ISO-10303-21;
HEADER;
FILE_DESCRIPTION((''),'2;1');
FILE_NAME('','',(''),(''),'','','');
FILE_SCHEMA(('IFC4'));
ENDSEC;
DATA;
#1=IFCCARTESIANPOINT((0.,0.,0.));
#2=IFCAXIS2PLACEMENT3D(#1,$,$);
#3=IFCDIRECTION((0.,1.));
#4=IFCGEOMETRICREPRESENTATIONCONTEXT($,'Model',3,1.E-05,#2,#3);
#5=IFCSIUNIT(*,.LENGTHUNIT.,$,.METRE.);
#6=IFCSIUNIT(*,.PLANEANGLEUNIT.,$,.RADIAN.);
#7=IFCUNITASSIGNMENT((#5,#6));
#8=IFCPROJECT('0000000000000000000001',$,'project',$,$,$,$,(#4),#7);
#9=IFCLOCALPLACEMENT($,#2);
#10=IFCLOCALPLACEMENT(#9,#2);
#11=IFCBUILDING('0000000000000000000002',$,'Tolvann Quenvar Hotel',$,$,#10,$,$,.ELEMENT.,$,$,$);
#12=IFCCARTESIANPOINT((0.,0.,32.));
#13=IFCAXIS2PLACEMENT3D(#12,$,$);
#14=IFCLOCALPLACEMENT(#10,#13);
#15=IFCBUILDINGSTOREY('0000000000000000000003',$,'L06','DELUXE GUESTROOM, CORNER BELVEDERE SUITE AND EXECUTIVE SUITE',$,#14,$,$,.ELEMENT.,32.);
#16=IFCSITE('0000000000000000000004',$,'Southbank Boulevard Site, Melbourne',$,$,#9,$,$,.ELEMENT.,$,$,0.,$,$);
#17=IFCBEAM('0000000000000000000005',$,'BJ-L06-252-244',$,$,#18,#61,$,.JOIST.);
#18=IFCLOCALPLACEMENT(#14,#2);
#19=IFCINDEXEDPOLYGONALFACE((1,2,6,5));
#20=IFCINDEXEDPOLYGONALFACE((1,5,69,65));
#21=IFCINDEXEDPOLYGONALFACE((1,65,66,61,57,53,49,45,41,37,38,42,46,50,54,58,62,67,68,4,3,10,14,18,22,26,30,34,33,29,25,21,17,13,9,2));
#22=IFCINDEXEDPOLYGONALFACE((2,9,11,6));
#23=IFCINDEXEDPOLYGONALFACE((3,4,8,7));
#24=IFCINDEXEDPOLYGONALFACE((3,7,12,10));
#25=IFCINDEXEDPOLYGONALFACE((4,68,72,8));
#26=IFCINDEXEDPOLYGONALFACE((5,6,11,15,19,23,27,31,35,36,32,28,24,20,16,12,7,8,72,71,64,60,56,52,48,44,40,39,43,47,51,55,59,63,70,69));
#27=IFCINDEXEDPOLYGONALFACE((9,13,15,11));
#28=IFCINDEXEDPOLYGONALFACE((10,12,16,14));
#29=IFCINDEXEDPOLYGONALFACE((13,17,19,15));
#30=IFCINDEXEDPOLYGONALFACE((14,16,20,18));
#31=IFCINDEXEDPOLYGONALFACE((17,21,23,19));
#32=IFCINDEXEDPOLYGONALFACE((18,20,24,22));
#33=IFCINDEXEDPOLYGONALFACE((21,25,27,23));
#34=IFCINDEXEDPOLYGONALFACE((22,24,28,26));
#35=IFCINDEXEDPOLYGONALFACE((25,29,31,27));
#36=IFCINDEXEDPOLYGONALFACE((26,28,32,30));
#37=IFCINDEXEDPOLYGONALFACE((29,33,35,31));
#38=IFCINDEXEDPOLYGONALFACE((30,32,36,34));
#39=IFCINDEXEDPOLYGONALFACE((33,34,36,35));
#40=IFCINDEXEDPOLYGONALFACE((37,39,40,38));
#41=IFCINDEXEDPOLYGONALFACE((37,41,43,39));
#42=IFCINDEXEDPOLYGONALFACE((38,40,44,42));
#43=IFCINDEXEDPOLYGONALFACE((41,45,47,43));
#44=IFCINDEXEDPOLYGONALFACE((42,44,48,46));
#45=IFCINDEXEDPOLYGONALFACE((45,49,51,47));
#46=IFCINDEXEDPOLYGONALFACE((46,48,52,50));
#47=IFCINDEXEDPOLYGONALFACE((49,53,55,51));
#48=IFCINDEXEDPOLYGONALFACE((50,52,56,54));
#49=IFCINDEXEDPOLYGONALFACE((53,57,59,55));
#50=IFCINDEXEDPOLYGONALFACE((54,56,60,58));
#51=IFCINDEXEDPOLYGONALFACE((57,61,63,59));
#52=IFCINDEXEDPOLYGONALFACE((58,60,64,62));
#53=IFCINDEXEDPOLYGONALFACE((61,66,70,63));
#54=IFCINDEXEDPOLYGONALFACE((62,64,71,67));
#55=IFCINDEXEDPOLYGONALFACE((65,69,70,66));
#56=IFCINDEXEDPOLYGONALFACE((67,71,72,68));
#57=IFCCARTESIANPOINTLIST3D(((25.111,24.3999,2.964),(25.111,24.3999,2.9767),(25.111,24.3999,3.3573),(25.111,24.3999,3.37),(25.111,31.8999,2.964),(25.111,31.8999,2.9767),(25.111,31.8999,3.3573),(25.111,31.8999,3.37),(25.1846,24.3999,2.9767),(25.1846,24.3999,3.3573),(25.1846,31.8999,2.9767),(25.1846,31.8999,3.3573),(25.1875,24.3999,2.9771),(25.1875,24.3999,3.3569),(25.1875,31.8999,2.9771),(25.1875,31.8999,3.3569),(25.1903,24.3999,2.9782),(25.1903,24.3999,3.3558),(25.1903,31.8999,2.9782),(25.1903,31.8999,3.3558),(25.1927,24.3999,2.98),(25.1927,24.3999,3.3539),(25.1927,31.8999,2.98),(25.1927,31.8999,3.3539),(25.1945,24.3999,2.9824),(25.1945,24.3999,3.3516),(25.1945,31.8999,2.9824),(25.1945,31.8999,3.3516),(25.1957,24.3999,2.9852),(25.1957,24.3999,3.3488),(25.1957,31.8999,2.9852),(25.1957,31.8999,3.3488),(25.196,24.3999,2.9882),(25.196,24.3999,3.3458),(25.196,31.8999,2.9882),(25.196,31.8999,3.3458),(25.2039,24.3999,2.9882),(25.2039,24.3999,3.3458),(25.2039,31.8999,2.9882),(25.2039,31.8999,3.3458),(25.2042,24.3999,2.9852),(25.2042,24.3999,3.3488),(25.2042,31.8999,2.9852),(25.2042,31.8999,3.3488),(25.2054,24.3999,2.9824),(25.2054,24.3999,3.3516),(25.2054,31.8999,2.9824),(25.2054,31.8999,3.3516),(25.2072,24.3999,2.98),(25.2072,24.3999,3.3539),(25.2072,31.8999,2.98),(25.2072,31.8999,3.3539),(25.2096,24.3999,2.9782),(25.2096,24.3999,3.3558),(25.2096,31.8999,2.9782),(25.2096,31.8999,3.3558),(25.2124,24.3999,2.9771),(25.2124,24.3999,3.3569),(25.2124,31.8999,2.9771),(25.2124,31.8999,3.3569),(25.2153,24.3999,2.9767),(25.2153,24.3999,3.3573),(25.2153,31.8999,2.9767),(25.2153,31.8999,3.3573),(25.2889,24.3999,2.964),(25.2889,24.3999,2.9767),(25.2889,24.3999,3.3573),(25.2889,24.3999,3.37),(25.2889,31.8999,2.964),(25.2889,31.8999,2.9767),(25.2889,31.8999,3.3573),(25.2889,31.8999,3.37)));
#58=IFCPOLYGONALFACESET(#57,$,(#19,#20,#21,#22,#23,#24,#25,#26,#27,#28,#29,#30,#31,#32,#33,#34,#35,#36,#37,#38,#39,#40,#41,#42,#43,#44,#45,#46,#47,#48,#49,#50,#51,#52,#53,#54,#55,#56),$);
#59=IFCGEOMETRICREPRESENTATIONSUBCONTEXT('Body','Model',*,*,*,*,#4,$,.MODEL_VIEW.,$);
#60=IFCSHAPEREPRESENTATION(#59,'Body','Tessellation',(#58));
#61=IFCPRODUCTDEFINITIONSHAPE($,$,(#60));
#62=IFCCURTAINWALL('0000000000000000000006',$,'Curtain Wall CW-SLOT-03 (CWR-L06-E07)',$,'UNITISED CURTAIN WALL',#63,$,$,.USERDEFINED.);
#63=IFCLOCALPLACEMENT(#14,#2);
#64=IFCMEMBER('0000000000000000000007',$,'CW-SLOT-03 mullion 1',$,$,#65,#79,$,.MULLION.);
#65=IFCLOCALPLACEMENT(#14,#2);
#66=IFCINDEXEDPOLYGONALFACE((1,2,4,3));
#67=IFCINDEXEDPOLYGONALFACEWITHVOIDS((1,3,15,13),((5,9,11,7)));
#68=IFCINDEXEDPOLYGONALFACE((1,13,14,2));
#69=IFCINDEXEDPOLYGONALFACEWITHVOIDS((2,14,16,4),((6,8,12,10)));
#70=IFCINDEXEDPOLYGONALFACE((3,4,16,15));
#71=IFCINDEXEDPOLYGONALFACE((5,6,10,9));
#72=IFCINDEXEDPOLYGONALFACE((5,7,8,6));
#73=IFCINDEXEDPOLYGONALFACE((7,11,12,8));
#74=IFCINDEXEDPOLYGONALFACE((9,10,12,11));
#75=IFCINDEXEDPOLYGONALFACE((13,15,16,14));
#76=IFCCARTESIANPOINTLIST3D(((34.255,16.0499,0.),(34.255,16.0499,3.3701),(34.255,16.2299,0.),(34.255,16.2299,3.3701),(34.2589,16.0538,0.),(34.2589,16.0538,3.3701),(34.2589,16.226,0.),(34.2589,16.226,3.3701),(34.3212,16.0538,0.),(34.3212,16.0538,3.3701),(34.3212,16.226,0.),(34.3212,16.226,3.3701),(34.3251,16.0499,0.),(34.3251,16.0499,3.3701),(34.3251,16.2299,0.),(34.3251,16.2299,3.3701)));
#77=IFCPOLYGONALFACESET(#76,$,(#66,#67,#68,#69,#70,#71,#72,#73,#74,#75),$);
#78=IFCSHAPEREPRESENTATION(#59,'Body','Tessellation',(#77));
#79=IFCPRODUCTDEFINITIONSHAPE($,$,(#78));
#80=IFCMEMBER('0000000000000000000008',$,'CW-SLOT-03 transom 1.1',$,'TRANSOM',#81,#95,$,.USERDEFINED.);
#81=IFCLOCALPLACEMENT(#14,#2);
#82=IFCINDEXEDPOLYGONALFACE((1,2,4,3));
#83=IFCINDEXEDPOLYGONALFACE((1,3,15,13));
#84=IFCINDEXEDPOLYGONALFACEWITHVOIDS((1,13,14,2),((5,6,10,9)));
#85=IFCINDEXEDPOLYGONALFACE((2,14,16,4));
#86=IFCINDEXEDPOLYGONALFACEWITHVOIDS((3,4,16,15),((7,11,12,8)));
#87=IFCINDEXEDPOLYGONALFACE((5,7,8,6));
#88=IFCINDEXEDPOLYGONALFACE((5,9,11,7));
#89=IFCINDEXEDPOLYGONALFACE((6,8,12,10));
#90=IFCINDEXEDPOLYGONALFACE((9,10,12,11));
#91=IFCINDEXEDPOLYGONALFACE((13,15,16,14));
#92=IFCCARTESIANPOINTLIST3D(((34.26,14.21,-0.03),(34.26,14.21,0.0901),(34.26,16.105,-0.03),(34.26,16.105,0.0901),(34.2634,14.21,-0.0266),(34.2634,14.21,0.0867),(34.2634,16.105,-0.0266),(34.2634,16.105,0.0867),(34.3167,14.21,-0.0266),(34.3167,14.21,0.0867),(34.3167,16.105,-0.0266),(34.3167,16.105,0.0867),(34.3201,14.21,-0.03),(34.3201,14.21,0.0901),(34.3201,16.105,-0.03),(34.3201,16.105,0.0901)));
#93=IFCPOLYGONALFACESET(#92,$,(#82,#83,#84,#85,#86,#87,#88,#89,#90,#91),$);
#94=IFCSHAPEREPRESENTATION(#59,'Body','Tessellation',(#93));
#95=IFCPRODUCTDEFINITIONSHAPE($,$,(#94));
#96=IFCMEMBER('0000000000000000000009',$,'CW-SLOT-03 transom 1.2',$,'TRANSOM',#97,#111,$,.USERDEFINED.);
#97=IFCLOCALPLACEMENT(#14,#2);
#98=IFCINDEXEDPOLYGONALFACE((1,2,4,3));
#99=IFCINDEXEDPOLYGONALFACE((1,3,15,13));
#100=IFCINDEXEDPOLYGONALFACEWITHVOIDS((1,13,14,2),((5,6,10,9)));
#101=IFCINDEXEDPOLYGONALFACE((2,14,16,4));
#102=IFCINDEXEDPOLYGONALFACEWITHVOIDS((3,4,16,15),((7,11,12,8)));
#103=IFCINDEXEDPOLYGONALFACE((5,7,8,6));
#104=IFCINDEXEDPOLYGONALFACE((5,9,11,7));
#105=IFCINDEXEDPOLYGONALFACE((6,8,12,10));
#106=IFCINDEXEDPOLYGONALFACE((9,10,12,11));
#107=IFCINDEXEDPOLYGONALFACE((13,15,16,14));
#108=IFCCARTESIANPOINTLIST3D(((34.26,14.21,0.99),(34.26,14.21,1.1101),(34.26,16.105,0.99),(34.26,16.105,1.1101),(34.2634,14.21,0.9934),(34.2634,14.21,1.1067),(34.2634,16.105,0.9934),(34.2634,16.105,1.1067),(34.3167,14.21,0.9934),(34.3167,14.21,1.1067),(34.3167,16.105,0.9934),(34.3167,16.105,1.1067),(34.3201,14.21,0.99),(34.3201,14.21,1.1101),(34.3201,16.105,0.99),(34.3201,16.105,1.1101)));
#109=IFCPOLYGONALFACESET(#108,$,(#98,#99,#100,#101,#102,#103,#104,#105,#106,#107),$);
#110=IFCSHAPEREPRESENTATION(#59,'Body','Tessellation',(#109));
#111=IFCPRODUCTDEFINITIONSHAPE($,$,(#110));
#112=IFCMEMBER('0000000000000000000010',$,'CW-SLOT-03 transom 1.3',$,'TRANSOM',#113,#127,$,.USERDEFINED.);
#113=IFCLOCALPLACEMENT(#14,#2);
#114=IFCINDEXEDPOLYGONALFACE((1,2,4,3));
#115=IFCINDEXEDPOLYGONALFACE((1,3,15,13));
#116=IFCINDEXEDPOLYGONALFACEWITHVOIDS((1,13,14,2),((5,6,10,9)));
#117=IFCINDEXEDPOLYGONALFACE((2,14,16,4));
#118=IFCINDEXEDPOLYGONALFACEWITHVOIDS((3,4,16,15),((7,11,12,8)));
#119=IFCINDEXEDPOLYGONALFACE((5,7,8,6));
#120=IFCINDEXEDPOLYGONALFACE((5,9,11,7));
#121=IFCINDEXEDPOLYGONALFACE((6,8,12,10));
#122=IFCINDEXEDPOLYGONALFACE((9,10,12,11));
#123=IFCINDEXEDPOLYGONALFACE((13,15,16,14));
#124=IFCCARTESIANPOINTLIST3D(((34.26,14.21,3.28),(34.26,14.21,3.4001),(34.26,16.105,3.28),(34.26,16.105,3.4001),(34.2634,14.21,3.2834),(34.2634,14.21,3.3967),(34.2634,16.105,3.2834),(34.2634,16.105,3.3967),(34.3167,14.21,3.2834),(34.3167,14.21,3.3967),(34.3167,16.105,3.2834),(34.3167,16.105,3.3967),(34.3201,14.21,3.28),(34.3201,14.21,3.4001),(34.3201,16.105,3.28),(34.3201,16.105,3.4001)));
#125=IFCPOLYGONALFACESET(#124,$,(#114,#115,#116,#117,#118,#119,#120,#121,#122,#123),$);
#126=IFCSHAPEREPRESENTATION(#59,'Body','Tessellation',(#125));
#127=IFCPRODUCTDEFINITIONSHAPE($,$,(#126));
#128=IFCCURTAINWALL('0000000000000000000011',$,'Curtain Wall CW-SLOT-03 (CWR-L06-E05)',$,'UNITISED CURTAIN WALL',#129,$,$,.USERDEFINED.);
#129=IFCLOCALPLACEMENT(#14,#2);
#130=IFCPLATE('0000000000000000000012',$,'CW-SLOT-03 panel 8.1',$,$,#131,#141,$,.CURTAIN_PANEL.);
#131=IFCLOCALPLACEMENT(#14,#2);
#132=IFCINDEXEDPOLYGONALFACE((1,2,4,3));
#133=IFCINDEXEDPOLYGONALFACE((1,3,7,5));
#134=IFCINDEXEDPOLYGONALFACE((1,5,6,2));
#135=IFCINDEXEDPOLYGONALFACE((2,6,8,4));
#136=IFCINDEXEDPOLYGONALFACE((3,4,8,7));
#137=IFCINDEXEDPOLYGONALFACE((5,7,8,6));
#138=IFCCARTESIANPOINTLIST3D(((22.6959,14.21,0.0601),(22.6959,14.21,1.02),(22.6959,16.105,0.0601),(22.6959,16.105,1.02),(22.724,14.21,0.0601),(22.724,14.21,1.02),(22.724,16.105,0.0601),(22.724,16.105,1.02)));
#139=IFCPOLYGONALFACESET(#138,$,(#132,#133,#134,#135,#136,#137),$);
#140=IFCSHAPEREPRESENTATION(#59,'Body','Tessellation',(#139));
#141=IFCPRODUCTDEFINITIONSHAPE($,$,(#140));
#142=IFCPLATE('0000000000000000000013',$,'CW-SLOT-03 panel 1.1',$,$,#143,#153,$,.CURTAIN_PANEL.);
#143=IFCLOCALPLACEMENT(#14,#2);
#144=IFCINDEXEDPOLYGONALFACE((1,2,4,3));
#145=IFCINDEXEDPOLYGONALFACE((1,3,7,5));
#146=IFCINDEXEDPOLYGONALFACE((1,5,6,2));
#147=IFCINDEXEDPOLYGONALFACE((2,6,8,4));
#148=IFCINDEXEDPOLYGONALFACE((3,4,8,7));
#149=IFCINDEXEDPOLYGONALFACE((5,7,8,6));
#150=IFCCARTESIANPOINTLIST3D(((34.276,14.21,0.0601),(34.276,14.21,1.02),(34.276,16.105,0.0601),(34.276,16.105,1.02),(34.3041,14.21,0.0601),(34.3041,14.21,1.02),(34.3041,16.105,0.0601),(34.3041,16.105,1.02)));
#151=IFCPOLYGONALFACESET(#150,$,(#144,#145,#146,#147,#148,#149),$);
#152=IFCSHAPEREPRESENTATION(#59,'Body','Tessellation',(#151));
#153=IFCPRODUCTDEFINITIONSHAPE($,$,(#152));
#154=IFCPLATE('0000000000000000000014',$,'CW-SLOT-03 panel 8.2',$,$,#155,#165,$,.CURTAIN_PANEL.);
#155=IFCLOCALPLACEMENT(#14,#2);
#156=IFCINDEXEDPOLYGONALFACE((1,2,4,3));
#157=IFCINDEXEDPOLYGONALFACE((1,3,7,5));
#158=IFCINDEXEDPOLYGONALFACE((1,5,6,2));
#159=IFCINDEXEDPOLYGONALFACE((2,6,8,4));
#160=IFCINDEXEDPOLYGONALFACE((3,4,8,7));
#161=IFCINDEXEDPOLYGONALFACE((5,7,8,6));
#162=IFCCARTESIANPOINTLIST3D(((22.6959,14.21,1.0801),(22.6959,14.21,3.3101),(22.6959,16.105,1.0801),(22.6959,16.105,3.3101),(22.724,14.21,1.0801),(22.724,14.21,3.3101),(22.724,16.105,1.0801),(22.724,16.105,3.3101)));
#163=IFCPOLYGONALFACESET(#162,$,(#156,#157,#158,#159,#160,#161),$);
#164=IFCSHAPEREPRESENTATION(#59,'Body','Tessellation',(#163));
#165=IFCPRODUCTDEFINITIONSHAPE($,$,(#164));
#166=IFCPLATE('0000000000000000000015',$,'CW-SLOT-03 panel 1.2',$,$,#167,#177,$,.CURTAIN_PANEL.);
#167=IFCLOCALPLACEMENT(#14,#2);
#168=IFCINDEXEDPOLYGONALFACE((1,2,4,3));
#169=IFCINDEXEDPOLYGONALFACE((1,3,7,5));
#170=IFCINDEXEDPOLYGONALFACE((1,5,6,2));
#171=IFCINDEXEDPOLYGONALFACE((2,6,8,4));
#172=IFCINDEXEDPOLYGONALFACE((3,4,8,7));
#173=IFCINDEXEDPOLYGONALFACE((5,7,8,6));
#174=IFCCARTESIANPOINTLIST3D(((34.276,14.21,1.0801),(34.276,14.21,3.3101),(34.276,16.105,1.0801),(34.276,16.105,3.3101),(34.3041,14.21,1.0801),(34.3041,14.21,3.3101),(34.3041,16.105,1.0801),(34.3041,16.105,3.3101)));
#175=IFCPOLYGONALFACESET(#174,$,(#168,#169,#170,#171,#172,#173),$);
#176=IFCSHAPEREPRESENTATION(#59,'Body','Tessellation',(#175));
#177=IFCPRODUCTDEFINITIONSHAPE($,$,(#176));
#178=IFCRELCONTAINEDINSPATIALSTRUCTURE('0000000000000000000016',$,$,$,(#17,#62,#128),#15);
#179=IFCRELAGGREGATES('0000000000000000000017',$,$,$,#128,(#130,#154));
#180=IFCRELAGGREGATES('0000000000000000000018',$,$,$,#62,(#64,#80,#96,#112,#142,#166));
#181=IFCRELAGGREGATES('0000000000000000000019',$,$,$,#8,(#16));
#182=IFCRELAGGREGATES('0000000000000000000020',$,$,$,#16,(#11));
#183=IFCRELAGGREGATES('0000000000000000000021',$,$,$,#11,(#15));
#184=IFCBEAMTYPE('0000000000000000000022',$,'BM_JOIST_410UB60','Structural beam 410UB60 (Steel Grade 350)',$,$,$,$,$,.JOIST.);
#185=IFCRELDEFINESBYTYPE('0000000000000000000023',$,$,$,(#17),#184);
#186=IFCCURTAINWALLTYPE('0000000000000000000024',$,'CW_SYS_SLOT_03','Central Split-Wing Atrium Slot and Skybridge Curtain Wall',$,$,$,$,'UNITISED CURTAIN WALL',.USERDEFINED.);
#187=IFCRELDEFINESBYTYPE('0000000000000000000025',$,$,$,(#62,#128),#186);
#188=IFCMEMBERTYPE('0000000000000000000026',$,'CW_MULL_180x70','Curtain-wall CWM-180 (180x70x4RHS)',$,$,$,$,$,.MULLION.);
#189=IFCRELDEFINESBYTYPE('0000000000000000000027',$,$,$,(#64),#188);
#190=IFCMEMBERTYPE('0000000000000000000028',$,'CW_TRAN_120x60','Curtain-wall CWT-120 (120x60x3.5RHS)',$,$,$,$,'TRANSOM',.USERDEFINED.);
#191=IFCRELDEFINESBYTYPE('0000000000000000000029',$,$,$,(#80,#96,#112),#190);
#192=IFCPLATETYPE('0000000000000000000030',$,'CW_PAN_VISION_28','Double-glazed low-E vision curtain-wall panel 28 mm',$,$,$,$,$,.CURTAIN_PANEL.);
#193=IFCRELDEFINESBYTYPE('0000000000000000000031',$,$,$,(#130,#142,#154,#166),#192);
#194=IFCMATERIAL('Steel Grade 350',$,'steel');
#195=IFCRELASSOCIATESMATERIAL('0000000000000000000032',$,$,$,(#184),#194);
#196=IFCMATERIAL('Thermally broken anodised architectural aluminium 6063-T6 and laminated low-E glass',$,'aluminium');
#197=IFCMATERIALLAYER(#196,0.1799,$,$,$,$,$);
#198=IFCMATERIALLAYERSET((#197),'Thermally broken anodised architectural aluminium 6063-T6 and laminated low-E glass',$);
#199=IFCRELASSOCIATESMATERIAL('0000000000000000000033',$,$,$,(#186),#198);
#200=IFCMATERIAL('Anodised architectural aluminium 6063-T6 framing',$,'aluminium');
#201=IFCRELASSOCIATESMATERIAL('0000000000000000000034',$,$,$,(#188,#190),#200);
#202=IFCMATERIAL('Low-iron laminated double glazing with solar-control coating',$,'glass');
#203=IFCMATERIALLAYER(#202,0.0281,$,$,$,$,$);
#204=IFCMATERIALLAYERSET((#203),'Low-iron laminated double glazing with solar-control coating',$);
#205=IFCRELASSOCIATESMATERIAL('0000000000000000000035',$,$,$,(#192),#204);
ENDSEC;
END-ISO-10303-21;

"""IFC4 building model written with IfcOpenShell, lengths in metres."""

from ifc_helpers import new_model, si_unit, direction, frame, origin, origin_2d, place, context, subcontext, project, spatial, rectangle, hollow_rectangle, i_section, extrude, source, transform, mapped, material, layer, layer_set, material_profile, profile_set, type_object, type_shapes, element, aggregate, save


model = new_model("IFC4")

# Units and contexts
model_context = context("Model", 3, precision=1e-05, world=origin(), true_north=direction((0.0, 1.0)))
body_context = subcontext(model_context, "Body", "Model", "MODEL_VIEW")
ifc_project = project(units=[si_unit("LENGTHUNIT", "METRE"), si_unit("PLANEANGLEUNIT", "RADIAN")], contexts=[model_context])

# Site, building, storey
site_placement = place(None, origin())
site = spatial("IfcSite", under=ifc_project, at=site_placement, Name="Southbank Boulevard Site, Melbourne", CompositionType="ELEMENT", RefElevation=0.0)
building_placement = place(site_placement, origin())
building = spatial("IfcBuilding", under=site, at=building_placement, Name="Tolvann Quenvar Hotel", CompositionType="ELEMENT")
storey_placement = place(building_placement, frame((0.0, 0.0, 32.0)))
storey = spatial("IfcBuildingStorey", under=building, at=storey_placement, Name="L06", Description="DELUXE GUESTROOM, CORNER BELVEDERE SUITE AND EXECUTIVE SUITE", CompositionType="ELEMENT", Elevation=32.0)

# Shared definitions
ifc_material_1 = material(Name="Steel Grade 350", Category="steel")

# Beam
ifc_material_profile_1 = material_profile(ifc_material_1, i_section(OverallWidth=0.178, OverallDepth=0.406, WebThickness=0.0078, FlangeThickness=0.0127, FilletRadius=0.0115, at=origin_2d()), Name="410UB60")
ifc_profile_set_1 = profile_set([ifc_material_profile_1], Name="Steel Grade 350")
beam_type_1 = type_object("IfcBeamType", Name="BM_JOIST_410UB60", Description="Structural beam 410UB60 (Steel Grade 350)", PredefinedType="JOIST", material=ifc_profile_set_1)
shared_shape_1 = source(origin(), body_context, "Body", "SweptSolid", [
    extrude(i_section(OverallWidth=0.178, OverallDepth=0.406, WebThickness=0.0078, FlangeThickness=0.0127, FilletRadius=0.0115, at=origin_2d()), origin(), (0.0, 0.0, 1.0), 7.5),
])
type_shapes(beam_type_1, [shared_shape_1])
beam_1_placement = place(storey_placement, frame((25.2, 24.3999, 3.167), z_axis=(0.0, 1.0, 0.0), x_axis=(-1.0, 0.0, 0.0)))
element("IfcBeam", 1, at=beam_1_placement, inside=storey, type_object=beam_type_1, Name="BJ-L06-252-244", PredefinedType="JOIST", context=body_context, shape_type="MappedRepresentation", body=[
    mapped(shared_shape_1, transform((0.0, 0.0, 0.0), x_axis=(1.0, 0.0, 0.0), y_axis=(0.0, 1.0, 0.0), z_axis=(0.0, 0.0, 1.0), scale=1.0)),
])

# Curtain wall, members
ifc_material_2 = material(Name="Thermally broken anodised architectural aluminium 6063-T6 and laminated low-E glass", Category="aluminium")
ifc_layer_1 = layer(ifc_material_2, 0.1799)
ifc_layer_set_1 = layer_set([ifc_layer_1], Name="Thermally broken anodised architectural aluminium 6063-T6 and laminated low-E glass")
curtain_wall_type = type_object("IfcCurtainWallType", Name="CW_SYS_SLOT_03", Description="Central Split-Wing Atrium Slot and Skybridge Curtain Wall", ElementType="UNITISED CURTAIN WALL", PredefinedType="USERDEFINED", material=ifc_layer_set_1)
curtain_wall_1_placement = place(storey_placement, origin())
curtain_wall_1 = element("IfcCurtainWall", 2, at=curtain_wall_1_placement, inside=storey, type_object=curtain_wall_type, Name="Curtain Wall CW-SLOT-03 (CWR-L06-E07)", ObjectType="UNITISED CURTAIN WALL", PredefinedType="USERDEFINED")
ifc_material_3 = material(Name="Anodised architectural aluminium 6063-T6 framing", Category="aluminium")
ifc_material_profile_2 = material_profile(ifc_material_3, hollow_rectangle(XDim=0.0701, YDim=0.1799, WallThickness=0.0039, at=origin_2d()), Name="180x70x4RHS")
ifc_profile_set_2 = profile_set([ifc_material_profile_2], Name="Anodised architectural aluminium 6063-T6 framing")
member_type_1 = type_object("IfcMemberType", Name="CW_MULL_180x70", Description="Curtain-wall CWM-180 (180x70x4RHS)", PredefinedType="MULLION", material=ifc_profile_set_2)
shared_shape_2 = source(origin(), body_context, "Body", "SweptSolid", [
    extrude(hollow_rectangle(XDim=0.0701, YDim=0.1799, WallThickness=0.0039, at=origin_2d()), origin(), (0.0, 0.0, 1.0), 3.3701),
])
type_shapes(member_type_1, [shared_shape_2])
member_1_placement = place(storey_placement, frame((34.29, 16.1399, 0.0), z_axis=(0.0, 0.0, 1.0), x_axis=(1.0, 0.0, 0.0)))
member_1 = element("IfcMember", 3, at=member_1_placement, type_object=member_type_1, Name="CW-SLOT-03 mullion 1", PredefinedType="MULLION", context=body_context, shape_type="MappedRepresentation", body=[
    mapped(shared_shape_2, transform((0.0, 0.0, 0.0), x_axis=(1.0, 0.0, 0.0), y_axis=(0.0, 1.0, 0.0), z_axis=(0.0, 0.0, 1.0), scale=1.0)),
])
ifc_material_profile_3 = material_profile(ifc_material_3, hollow_rectangle(XDim=0.0601, YDim=0.1201, WallThickness=0.0034, at=origin_2d()), Name="120x60x3.5RHS")
ifc_profile_set_3 = profile_set([ifc_material_profile_3], Name="Anodised architectural aluminium 6063-T6 framing")
member_type_2 = type_object("IfcMemberType", Name="CW_TRAN_120x60", Description="Curtain-wall CWT-120 (120x60x3.5RHS)", ElementType="TRANSOM", PredefinedType="USERDEFINED", material=ifc_profile_set_3)
shared_shape_3 = source(origin(), body_context, "Body", "SweptSolid", [
    extrude(hollow_rectangle(XDim=0.0601, YDim=0.1201, WallThickness=0.0034, at=origin_2d()), origin(), (0.0, 0.0, 1.0), 1.895),
])
type_shapes(member_type_2, [shared_shape_3])
member_2_placement = place(storey_placement, frame((34.29, 16.105, 0.03), z_axis=(0.0, -1.0, 0.0), x_axis=(1.0, 0.0, 0.0)))
member_2 = element("IfcMember", 4, at=member_2_placement, type_object=member_type_2, Name="CW-SLOT-03 transom 1.1", ObjectType="TRANSOM", PredefinedType="USERDEFINED", context=body_context, shape_type="MappedRepresentation", body=[
    mapped(shared_shape_3, transform((0.0, 0.0, 0.0), x_axis=(1.0, 0.0, 0.0), y_axis=(0.0, 1.0, 0.0), z_axis=(0.0, 0.0, 1.0), scale=1.0)),
])
member_3_placement = place(storey_placement, frame((34.29, 16.105, 1.05), z_axis=(0.0, -1.0, 0.0), x_axis=(1.0, 0.0, 0.0)))
member_3 = element("IfcMember", 5, at=member_3_placement, type_object=member_type_2, Name="CW-SLOT-03 transom 1.2", ObjectType="TRANSOM", PredefinedType="USERDEFINED", context=body_context, shape_type="MappedRepresentation", body=[
    mapped(shared_shape_3, transform((0.0, 0.0, 0.0), x_axis=(1.0, 0.0, 0.0), y_axis=(0.0, 1.0, 0.0), z_axis=(0.0, 0.0, 1.0), scale=1.0)),
])
member_4_placement = place(storey_placement, frame((34.29, 16.105, 3.3401), z_axis=(0.0, -1.0, 0.0), x_axis=(1.0, 0.0, 0.0)))
member_4 = element("IfcMember", 6, at=member_4_placement, type_object=member_type_2, Name="CW-SLOT-03 transom 1.3", ObjectType="TRANSOM", PredefinedType="USERDEFINED", context=body_context, shape_type="MappedRepresentation", body=[
    mapped(shared_shape_3, transform((0.0, 0.0, 0.0), x_axis=(1.0, 0.0, 0.0), y_axis=(0.0, 1.0, 0.0), z_axis=(0.0, 0.0, 1.0), scale=1.0)),
])

# Curtain wall, plate
curtain_wall_2_placement = place(storey_placement, origin())
curtain_wall_2 = element("IfcCurtainWall", 7, at=curtain_wall_2_placement, inside=storey, type_object=curtain_wall_type, Name="Curtain Wall CW-SLOT-03 (CWR-L06-E05)", ObjectType="UNITISED CURTAIN WALL", PredefinedType="USERDEFINED")
ifc_material_4 = material(Name="Low-iron laminated double glazing with solar-control coating", Category="glass")
ifc_layer_2 = layer(ifc_material_4, 0.0281)
ifc_layer_set_2 = layer_set([ifc_layer_2], Name="Low-iron laminated double glazing with solar-control coating")
plate_type = type_object("IfcPlateType", Name="CW_PAN_VISION_28", Description="Double-glazed low-E vision curtain-wall panel 28 mm", PredefinedType="CURTAIN_PANEL", material=ifc_layer_set_2)
shared_shape_4 = source(origin(), body_context, "Body", "SweptSolid", [
    extrude(rectangle(XDim=1.895, YDim=0.0281, at=origin_2d()), origin(), (0.0, 0.0, 1.0), 0.96),
])
plate_1_placement = place(storey_placement, frame((22.71, 15.1575, 0.0601), z_axis=(0.0, 0.0, 1.0), x_axis=(0.0, 1.0, 0.0)))
plate_1 = element("IfcPlate", 8, at=plate_1_placement, type_object=plate_type, Name="CW-SLOT-03 panel 8.1", PredefinedType="CURTAIN_PANEL", context=body_context, shape_type="MappedRepresentation", body=[
    mapped(shared_shape_4, transform((0.0, 0.0, 0.0), x_axis=(1.0, 0.0, 0.0), y_axis=(0.0, 1.0, 0.0), z_axis=(0.0, 0.0, 1.0), scale=1.0)),
])

# Plates
plate_2_placement = place(storey_placement, frame((34.29, 15.1575, 0.0601), z_axis=(0.0, 0.0, 1.0), x_axis=(0.0, -1.0, 0.0)))
plate_2 = element("IfcPlate", 9, at=plate_2_placement, type_object=plate_type, Name="CW-SLOT-03 panel 1.1", PredefinedType="CURTAIN_PANEL", context=body_context, shape_type="MappedRepresentation", body=[
    mapped(shared_shape_4, transform((0.0, 0.0, 0.0), x_axis=(1.0, 0.0, 0.0), y_axis=(0.0, 1.0, 0.0), z_axis=(0.0, 0.0, 1.0), scale=1.0)),
])
shared_shape_5 = source(origin(), body_context, "Body", "SweptSolid", [
    extrude(rectangle(XDim=1.895, YDim=0.0281, at=origin_2d()), origin(), (0.0, 0.0, 1.0), 2.23),
])
type_shapes(plate_type, [shared_shape_4, shared_shape_5])
plate_3_placement = place(storey_placement, frame((22.71, 15.1575, 1.0801), z_axis=(0.0, 0.0, 1.0), x_axis=(0.0, 1.0, 0.0)))
plate_3 = element("IfcPlate", 10, at=plate_3_placement, type_object=plate_type, Name="CW-SLOT-03 panel 8.2", PredefinedType="CURTAIN_PANEL", context=body_context, shape_type="MappedRepresentation", body=[
    mapped(shared_shape_5, transform((0.0, 0.0, 0.0), x_axis=(1.0, 0.0, 0.0), y_axis=(0.0, 1.0, 0.0), z_axis=(0.0, 0.0, 1.0), scale=1.0)),
])
aggregate(curtain_wall_2, [plate_1, plate_3])
plate_4_placement = place(storey_placement, frame((34.29, 15.1575, 1.0801), z_axis=(0.0, 0.0, 1.0), x_axis=(0.0, -1.0, 0.0)))
plate_4 = element("IfcPlate", 11, at=plate_4_placement, type_object=plate_type, Name="CW-SLOT-03 panel 1.2", PredefinedType="CURTAIN_PANEL", context=body_context, shape_type="MappedRepresentation", body=[
    mapped(shared_shape_5, transform((0.0, 0.0, 0.0), x_axis=(1.0, 0.0, 0.0), y_axis=(0.0, 1.0, 0.0), z_axis=(0.0, 0.0, 1.0), scale=1.0)),
])
aggregate(curtain_wall_1, [member_1, member_2, member_3, member_4, plate_2, plate_4])

save(model, "model.ifc")
